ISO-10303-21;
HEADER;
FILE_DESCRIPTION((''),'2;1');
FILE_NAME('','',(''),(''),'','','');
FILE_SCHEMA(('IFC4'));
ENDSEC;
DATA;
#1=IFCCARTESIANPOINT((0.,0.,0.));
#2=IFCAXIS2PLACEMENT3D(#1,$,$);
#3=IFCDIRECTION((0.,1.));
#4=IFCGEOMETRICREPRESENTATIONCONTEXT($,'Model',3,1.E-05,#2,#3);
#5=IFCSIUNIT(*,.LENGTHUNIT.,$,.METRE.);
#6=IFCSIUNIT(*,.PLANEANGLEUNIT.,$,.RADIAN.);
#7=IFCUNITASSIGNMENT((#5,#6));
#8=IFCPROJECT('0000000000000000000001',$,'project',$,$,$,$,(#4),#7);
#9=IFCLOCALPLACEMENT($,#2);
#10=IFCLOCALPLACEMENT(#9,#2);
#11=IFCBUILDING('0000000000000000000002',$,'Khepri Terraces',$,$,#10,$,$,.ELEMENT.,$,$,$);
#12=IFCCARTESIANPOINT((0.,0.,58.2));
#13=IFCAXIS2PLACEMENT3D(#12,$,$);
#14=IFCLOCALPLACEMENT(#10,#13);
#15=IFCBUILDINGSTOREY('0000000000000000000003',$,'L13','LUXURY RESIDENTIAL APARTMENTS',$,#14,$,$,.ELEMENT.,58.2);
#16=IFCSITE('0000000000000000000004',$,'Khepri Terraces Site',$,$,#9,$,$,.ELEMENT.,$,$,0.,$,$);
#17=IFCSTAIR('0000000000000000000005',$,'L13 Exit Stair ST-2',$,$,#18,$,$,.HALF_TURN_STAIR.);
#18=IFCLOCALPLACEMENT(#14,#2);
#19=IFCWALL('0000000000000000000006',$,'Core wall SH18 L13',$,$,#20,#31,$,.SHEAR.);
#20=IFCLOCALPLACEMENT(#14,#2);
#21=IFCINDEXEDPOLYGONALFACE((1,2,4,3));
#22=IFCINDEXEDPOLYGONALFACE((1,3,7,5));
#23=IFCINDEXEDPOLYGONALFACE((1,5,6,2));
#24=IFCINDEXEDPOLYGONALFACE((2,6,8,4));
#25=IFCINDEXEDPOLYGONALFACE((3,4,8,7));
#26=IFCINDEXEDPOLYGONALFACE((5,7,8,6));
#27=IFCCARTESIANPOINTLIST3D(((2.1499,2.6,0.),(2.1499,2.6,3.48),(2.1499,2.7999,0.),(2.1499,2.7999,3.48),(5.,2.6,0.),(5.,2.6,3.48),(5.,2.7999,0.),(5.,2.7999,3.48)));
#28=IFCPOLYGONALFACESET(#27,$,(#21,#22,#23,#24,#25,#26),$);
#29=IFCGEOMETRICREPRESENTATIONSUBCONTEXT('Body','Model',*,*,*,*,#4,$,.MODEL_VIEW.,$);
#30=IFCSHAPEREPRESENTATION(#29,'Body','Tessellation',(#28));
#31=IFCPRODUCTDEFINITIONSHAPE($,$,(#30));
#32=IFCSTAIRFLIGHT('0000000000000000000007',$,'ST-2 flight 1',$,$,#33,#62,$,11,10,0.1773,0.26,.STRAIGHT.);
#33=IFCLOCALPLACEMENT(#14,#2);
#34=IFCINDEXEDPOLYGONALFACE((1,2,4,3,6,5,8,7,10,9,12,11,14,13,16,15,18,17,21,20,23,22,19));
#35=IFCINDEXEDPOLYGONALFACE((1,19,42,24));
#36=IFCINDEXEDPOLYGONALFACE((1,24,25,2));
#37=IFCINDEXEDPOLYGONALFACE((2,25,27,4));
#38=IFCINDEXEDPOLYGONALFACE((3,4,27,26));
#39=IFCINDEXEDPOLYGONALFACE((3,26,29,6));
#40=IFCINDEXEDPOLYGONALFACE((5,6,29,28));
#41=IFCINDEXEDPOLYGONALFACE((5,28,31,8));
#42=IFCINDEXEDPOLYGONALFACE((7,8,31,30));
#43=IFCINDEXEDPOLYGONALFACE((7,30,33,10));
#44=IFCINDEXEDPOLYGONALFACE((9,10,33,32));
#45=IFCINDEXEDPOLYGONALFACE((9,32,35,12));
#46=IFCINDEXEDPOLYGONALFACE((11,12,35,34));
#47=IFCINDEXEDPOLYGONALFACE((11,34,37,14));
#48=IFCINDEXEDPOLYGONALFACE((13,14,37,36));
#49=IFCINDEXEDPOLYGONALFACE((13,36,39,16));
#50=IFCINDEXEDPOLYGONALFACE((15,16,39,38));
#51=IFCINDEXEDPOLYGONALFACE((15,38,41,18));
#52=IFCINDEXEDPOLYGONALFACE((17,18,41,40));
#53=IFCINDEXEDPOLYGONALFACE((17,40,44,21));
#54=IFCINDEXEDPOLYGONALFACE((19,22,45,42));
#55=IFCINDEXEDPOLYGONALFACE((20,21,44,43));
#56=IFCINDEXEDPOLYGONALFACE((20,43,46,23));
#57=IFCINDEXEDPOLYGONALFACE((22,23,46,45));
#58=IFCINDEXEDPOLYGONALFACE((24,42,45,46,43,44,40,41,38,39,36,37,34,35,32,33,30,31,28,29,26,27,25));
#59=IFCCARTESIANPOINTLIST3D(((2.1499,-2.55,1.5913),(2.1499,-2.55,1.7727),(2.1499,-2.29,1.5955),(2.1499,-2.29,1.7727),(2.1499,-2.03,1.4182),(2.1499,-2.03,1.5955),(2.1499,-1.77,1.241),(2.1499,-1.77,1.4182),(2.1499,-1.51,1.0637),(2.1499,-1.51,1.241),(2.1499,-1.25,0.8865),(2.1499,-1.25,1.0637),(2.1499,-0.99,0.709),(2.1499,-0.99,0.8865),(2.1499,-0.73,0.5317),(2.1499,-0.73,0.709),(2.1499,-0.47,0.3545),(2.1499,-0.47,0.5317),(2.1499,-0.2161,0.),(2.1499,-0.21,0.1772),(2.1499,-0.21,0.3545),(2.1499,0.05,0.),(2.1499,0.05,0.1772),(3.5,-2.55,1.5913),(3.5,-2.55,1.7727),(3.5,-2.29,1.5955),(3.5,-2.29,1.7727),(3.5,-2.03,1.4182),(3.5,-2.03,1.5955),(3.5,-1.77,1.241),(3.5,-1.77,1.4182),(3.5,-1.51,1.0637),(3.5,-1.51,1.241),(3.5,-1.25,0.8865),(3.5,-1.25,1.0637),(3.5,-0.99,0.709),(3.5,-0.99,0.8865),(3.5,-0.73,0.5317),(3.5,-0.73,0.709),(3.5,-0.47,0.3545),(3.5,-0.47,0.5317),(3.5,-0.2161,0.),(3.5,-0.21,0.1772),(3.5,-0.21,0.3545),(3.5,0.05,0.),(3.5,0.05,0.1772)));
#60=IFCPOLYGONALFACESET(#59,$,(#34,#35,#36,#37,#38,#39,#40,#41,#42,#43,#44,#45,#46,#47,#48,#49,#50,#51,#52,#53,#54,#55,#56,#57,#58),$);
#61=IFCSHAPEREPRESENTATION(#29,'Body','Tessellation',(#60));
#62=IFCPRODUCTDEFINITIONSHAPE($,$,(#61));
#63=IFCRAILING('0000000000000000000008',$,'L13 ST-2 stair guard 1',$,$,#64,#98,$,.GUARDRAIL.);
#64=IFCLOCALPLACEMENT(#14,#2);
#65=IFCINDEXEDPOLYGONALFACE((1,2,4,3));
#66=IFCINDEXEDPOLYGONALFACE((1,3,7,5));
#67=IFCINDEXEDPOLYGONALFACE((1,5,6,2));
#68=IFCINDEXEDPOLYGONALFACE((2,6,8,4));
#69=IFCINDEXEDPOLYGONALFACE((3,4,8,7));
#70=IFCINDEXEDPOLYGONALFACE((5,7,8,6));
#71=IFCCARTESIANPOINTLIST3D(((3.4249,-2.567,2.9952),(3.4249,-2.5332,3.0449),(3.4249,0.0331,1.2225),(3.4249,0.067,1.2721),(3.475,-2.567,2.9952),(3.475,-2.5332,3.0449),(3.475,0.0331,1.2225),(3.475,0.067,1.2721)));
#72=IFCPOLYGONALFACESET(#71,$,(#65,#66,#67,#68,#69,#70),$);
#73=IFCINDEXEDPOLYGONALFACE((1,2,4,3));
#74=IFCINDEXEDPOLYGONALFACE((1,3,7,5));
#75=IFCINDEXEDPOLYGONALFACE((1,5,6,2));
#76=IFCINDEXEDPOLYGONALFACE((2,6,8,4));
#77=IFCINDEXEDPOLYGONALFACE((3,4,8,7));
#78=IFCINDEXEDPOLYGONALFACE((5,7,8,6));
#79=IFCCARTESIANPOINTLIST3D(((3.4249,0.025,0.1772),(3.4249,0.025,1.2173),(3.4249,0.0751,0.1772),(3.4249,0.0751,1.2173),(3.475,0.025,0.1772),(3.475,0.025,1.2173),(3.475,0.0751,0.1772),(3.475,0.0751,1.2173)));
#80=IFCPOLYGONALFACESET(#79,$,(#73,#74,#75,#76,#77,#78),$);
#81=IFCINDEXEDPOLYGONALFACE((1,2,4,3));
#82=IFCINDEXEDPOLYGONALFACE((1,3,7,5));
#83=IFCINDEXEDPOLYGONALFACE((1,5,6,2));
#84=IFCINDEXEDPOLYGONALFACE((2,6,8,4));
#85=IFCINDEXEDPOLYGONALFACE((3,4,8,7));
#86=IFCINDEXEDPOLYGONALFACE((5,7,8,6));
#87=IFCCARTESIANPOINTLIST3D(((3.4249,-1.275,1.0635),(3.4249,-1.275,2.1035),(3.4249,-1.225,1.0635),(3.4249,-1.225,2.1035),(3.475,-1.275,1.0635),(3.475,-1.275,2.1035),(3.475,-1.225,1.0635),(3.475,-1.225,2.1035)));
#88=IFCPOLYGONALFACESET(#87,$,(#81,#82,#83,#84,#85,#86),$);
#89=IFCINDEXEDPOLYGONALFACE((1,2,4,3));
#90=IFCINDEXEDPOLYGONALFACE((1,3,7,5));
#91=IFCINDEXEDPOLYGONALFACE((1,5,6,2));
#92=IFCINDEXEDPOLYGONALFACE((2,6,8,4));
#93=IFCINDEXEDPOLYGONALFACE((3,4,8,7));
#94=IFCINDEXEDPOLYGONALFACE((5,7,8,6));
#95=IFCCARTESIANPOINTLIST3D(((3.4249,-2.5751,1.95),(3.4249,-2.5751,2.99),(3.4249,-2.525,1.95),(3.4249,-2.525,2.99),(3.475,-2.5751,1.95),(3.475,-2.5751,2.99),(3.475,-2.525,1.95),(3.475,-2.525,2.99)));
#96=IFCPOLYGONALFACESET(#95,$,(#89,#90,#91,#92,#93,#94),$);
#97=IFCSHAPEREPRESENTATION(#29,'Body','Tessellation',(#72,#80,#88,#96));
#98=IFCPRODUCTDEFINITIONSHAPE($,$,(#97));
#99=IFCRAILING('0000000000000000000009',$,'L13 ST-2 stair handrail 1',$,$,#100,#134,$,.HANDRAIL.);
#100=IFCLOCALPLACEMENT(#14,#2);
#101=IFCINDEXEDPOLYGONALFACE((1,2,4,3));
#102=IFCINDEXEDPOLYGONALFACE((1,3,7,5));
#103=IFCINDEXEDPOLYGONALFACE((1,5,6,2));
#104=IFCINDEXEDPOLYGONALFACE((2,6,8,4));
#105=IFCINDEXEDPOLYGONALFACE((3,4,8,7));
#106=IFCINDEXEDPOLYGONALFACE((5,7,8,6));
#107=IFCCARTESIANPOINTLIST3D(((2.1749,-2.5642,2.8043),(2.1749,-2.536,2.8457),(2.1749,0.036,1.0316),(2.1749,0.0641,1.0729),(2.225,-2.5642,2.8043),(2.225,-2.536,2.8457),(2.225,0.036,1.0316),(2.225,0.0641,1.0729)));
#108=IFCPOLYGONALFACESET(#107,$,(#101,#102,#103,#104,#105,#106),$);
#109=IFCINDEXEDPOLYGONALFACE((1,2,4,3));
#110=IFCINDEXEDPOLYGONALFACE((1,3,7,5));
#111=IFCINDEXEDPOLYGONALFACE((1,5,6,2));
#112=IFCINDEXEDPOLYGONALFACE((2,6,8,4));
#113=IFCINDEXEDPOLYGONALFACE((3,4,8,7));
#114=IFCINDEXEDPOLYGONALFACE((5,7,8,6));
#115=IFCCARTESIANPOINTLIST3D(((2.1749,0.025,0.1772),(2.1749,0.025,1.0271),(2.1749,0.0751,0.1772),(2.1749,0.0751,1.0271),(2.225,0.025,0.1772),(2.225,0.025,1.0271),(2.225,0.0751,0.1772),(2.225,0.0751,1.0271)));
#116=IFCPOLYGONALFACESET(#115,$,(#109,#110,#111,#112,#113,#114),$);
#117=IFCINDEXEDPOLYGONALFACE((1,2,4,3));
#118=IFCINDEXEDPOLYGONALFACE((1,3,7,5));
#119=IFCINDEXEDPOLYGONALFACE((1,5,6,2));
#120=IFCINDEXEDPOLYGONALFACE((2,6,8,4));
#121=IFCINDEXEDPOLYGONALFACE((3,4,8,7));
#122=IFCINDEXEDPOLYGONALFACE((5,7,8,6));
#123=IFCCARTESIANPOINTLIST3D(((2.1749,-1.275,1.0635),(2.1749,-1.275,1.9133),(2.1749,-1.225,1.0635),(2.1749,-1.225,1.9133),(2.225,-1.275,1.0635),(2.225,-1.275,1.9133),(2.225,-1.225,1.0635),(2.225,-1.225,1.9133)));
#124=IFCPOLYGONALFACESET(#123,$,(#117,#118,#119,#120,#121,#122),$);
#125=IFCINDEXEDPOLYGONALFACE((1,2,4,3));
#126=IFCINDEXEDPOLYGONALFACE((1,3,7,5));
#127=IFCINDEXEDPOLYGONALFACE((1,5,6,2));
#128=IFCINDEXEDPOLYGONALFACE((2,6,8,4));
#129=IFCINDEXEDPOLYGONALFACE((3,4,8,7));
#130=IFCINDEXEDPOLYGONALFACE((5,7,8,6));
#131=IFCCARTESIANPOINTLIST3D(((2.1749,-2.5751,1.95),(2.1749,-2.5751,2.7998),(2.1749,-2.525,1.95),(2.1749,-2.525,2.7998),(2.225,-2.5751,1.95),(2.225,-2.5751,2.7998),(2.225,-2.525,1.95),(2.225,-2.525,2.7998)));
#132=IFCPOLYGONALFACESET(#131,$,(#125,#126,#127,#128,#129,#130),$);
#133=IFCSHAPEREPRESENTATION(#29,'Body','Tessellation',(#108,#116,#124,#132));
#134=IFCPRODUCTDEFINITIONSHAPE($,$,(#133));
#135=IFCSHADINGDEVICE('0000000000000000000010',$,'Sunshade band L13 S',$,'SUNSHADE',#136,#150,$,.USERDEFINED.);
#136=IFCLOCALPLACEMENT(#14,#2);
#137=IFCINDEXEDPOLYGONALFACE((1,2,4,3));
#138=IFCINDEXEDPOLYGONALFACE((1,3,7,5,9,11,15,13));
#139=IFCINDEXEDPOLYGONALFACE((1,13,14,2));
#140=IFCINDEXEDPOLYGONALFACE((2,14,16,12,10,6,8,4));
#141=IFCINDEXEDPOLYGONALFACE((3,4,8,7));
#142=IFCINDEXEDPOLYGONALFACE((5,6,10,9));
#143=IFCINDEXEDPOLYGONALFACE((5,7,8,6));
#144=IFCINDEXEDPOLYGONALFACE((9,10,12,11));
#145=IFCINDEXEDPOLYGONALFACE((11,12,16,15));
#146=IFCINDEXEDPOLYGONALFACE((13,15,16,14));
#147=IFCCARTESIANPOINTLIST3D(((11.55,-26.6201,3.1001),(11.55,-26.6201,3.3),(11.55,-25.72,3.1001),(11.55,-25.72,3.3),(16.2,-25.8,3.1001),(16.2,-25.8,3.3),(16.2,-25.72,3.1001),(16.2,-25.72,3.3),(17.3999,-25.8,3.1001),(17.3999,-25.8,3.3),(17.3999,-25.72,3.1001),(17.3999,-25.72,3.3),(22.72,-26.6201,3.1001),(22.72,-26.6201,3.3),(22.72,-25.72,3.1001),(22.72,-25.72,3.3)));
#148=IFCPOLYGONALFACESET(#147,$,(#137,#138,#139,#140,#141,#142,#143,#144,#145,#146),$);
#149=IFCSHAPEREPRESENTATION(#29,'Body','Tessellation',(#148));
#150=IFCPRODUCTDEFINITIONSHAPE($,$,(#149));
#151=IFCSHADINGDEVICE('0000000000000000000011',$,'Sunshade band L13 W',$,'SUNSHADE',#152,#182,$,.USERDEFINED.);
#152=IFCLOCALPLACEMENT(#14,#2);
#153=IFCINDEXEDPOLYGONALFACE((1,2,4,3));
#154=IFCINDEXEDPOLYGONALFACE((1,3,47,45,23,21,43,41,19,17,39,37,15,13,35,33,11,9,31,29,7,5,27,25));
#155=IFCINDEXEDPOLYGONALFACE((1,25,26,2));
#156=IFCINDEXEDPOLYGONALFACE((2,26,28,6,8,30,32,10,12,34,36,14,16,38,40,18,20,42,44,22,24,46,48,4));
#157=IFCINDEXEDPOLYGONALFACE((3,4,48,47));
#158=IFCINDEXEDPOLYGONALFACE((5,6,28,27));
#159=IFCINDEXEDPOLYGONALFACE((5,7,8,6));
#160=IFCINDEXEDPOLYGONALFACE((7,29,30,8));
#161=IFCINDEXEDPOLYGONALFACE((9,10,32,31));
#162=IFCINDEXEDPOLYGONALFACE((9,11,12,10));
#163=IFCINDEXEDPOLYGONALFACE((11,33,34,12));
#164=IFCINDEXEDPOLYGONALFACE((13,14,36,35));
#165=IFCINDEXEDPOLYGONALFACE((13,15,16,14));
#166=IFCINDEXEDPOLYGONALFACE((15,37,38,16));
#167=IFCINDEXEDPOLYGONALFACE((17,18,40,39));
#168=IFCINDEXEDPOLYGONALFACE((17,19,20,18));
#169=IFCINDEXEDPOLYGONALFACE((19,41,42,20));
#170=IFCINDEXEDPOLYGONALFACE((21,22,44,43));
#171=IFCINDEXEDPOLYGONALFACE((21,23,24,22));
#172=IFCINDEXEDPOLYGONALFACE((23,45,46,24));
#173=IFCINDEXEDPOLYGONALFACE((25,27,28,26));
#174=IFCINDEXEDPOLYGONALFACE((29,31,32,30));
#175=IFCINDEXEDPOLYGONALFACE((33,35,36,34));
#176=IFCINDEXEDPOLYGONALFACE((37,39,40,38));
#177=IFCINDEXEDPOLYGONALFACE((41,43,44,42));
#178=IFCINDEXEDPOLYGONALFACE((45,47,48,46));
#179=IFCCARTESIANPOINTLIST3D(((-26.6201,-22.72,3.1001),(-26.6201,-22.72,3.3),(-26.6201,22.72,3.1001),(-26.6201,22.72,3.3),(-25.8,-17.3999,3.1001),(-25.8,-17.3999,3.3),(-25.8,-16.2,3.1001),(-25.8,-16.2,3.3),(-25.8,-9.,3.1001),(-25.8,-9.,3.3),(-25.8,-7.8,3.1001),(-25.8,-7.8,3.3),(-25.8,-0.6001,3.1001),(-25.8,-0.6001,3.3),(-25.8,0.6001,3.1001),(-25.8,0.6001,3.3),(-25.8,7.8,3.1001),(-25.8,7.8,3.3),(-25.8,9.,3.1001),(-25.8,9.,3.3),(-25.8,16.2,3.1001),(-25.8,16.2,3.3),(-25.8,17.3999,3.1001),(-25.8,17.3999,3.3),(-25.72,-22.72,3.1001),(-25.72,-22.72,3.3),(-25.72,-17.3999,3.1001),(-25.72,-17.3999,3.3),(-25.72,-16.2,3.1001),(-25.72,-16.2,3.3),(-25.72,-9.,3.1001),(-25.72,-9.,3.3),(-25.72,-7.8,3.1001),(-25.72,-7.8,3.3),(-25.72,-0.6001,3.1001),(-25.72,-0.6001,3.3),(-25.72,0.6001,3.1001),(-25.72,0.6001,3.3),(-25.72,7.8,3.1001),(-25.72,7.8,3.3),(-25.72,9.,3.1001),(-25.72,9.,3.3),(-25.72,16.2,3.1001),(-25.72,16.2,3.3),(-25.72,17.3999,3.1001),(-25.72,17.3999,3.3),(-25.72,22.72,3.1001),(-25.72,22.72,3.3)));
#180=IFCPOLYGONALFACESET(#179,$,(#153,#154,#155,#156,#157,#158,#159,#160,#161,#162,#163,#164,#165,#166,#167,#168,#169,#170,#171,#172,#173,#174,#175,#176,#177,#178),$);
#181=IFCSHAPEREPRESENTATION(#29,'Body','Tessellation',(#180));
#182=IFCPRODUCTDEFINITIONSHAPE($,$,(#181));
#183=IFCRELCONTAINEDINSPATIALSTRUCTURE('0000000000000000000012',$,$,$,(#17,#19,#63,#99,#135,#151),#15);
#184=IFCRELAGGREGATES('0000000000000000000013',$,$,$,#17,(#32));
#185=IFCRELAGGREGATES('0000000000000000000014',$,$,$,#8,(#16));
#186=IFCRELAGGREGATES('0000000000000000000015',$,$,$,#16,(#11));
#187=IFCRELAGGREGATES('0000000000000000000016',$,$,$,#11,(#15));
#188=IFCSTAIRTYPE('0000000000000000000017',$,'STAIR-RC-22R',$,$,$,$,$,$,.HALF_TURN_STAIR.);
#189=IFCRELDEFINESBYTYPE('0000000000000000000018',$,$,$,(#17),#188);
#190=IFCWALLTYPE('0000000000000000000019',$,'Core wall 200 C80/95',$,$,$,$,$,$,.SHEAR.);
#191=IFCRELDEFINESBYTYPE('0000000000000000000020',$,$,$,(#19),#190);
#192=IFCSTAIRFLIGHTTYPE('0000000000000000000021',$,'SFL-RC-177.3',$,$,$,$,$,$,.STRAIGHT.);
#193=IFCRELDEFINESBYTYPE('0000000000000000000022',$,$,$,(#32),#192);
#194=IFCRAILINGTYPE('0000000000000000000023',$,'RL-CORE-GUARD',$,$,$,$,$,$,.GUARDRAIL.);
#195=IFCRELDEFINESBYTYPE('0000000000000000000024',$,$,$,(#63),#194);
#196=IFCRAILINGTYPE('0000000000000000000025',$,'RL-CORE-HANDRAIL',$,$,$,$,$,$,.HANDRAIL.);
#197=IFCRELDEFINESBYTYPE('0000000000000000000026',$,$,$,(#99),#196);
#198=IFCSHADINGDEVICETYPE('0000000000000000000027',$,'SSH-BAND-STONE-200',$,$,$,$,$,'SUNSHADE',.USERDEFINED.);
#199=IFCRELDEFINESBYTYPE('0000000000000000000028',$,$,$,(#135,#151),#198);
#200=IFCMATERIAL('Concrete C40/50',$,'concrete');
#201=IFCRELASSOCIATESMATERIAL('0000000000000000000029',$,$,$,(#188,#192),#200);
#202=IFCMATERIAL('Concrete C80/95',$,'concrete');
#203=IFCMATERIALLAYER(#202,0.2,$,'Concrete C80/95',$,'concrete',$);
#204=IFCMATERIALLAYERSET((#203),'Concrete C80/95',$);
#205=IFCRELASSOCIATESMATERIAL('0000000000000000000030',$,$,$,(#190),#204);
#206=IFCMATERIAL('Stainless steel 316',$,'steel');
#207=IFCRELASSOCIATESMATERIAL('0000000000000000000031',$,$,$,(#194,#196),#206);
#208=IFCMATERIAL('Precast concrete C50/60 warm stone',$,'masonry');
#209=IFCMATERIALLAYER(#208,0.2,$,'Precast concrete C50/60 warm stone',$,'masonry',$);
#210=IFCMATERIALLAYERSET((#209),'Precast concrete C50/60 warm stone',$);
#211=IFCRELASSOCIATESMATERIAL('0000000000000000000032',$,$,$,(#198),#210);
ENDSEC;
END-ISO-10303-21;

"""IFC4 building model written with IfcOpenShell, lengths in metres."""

from ifc_helpers import new_model, si_unit, direction, frame, frame_2d, origin, origin_2d, place, context, subcontext, project, spatial, polyline, rectangle, outline, extrude, material, layer, layer_set, type_object, element, aggregate, save


model = new_model("IFC4")

# Units and contexts
model_context = context("Model", 3, precision=1e-05, world=origin(), true_north=direction((0.0, 1.0)))
body_context = subcontext(model_context, "Body", "Model", "MODEL_VIEW")
ifc_project = project(units=[si_unit("LENGTHUNIT", "METRE"), si_unit("PLANEANGLEUNIT", "RADIAN")], contexts=[model_context])

# Site, building, storey
site_placement = place(None, origin())
site = spatial("IfcSite", under=ifc_project, at=site_placement, Name="Khepri Terraces Site", CompositionType="ELEMENT", RefElevation=0.0)
building_placement = place(site_placement, origin())
building = spatial("IfcBuilding", under=site, at=building_placement, Name="Khepri Terraces", CompositionType="ELEMENT")
storey_placement = place(building_placement, frame((0.0, 0.0, 58.2)))
storey = spatial("IfcBuildingStorey", under=building, at=storey_placement, Name="L13", Description="LUXURY RESIDENTIAL APARTMENTS", CompositionType="ELEMENT", Elevation=58.2)

# Stair
ifc_material_1 = material(Name="Concrete C40/50", Category="concrete")
stair_type = type_object("IfcStairType", Name="STAIR-RC-22R", PredefinedType="HALF_TURN_STAIR", material=ifc_material_1)
stair_1_placement = place(storey_placement, origin())
stair_1 = element("IfcStair", 1, at=stair_1_placement, inside=storey, type_object=stair_type, Name="L13 Exit Stair ST-2", PredefinedType="HALF_TURN_STAIR")

# Shared definitions
ifc_material_2 = material(Name="Concrete C80/95", Category="concrete")
ifc_layer_1 = layer(ifc_material_2, 0.2, Name="Concrete C80/95", Category="concrete")
ifc_layer_set_1 = layer_set([ifc_layer_1], Name="Concrete C80/95")
wall_type = type_object("IfcWallType", Name="Core wall 200 C80/95", PredefinedType="SHEAR", material=ifc_layer_set_1)

# Wall
wall_1_placement = place(storey_placement, frame((2.1499, 2.7, 0.0), z_axis=(0.0, 0.0, 1.0), x_axis=(1.0, 0.0, 0.0)))
element("IfcWall", 2, at=wall_1_placement, inside=storey, type_object=wall_type, Name="Core wall SH18 L13", PredefinedType="SHEAR", context=body_context, shape_type="SweptSolid", body=[
    extrude(rectangle(XDim=2.8501, YDim=0.2, at=frame_2d((1.425, 0.0))), origin(), (0.0, 0.0, 1.0), 3.48),
])

# Stair flight
stair_flight_type = type_object("IfcStairFlightType", Name="SFL-RC-177.3", PredefinedType="STRAIGHT", material=ifc_material_1)
stair_flight_placement = place(storey_placement, frame((2.825, 0.05, 0.0), z_axis=(0.0, 0.0, 1.0), x_axis=(0.0, -1.0, 0.0)))
stair_flight = element("IfcStairFlight", 3, at=stair_flight_placement, type_object=stair_flight_type, Name="ST-2 flight 1", NumberOfRisers=11, NumberOfTreads=10, PredefinedType="STRAIGHT", RiserHeight=0.1773, TreadLength=0.26, context=body_context, shape_type="SweptSolid", body=[
    extrude(outline(polyline([(0.0, 0.0), (0.0, 0.1772), (0.26, 0.1772), (0.26, 0.3545), (0.52, 0.3545), (0.52, 0.5317), (0.78, 0.5317), (0.78, 0.709), (1.04, 0.709), (1.04, 0.8865), (1.3, 0.8865), (1.3, 1.0637), (1.5601, 1.0637), (1.5601, 1.241), (1.8201, 1.241), (1.8201, 1.4182), (2.0801, 1.4182), (2.0801, 1.5955), (2.3401, 1.5955), (2.3401, 1.7727), (2.6001, 1.7727), (2.6001, 1.95), (2.6001, 1.5913), (0.2661, 0.0), (0.0, 0.0)])), frame((0.0, 0.675, 0.0), z_axis=(0.0, -1.0, 0.0), x_axis=(1.0, 0.0, 0.0)), (0.0, 0.0, 1.0), 1.3501),
])
aggregate(stair_1, [stair_flight])

# Railings
ifc_material_3 = material(Name="Stainless steel 316", Category="steel")
railing_type_1 = type_object("IfcRailingType", Name="RL-CORE-GUARD", PredefinedType="GUARDRAIL", material=ifc_material_3)
railing_1_placement = place(storey_placement, frame((3.45, 0.05, 0.1772)))
element("IfcRailing", 4, at=railing_1_placement, inside=storey, type_object=railing_type_1, Name="L13 ST-2 stair guard 1", PredefinedType="GUARDRAIL", context=body_context, shape_type="SweptSolid", body=[
    extrude(rectangle(XDim=0.05, YDim=0.0601, at=origin_2d()), frame((0.0, 0.0, 1.0701), z_axis=(0.0, -0.82624, 0.563318), x_axis=(1.0, 0.0, 0.0)), (0.0, 0.0, 1.0), 3.147),
    extrude(rectangle(XDim=0.05, YDim=0.05, at=origin_2d()), origin(), (0.0, 0.0, 1.0), 1.04),
    extrude(rectangle(XDim=0.05, YDim=0.05, at=origin_2d()), frame((0.0, -1.3, 0.8862)), (0.0, 0.0, 1.0), 1.04),
    extrude(rectangle(XDim=0.05, YDim=0.05, at=origin_2d()), frame((0.0, -2.6001, 1.7727)), (0.0, 0.0, 1.0), 1.04),
])
railing_type_2 = type_object("IfcRailingType", Name="RL-CORE-HANDRAIL", PredefinedType="HANDRAIL", material=ifc_material_3)
railing_2_placement = place(storey_placement, frame((2.2, 0.05, 0.1772)))
element("IfcRailing", 5, at=railing_2_placement, inside=storey, type_object=railing_type_2, Name="L13 ST-2 stair handrail 1", PredefinedType="HANDRAIL", context=body_context, shape_type="SweptSolid", body=[
    extrude(rectangle(XDim=0.05, YDim=0.05, at=origin_2d()), frame((0.0, 0.0, 0.875), z_axis=(0.0, -0.82624, 0.563318), x_axis=(1.0, 0.0, 0.0)), (0.0, 0.0, 1.0), 3.147),
    extrude(rectangle(XDim=0.05, YDim=0.05, at=origin_2d()), origin(), (0.0, 0.0, 1.0), 0.8499),
    extrude(rectangle(XDim=0.05, YDim=0.05, at=origin_2d()), frame((0.0, -1.3, 0.8862)), (0.0, 0.0, 1.0), 0.8499),
    extrude(rectangle(XDim=0.05, YDim=0.05, at=origin_2d()), frame((0.0, -2.6001, 1.7727)), (0.0, 0.0, 1.0), 0.8499),
])

# Shading devices
ifc_material_4 = material(Name="Precast concrete C50/60 warm stone", Category="masonry")
ifc_layer_2 = layer(ifc_material_4, 0.2, Name="Precast concrete C50/60 warm stone", Category="masonry")
ifc_layer_set_2 = layer_set([ifc_layer_2], Name="Precast concrete C50/60 warm stone")
shading_device_type_1 = type_object("IfcShadingDeviceType", Name="SSH-BAND-STONE-200", ElementType="SUNSHADE", PredefinedType="USERDEFINED", material=ifc_layer_set_2)
shading_device_1_placement = place(storey_placement, frame((0.0, 0.0, 3.1001)))
element("IfcShadingDevice", 6, at=shading_device_1_placement, inside=storey, type_object=shading_device_type_1, Name="Sunshade band L13 S", ObjectType="SUNSHADE", PredefinedType="USERDEFINED", context=body_context, shape_type="SweptSolid", body=[
    extrude(outline(polyline([(16.2, -25.72), (11.55, -25.72), (11.55, -26.6201), (22.72, -26.6201), (22.72, -25.72), (17.3999, -25.72), (17.3999, -25.8), (16.2, -25.8), (16.2, -25.72)])), origin(), (0.0, 0.0, 1.0), 0.2),
])
shading_device_2_placement = place(storey_placement, frame((0.0, 0.0, 3.1001)))
element("IfcShadingDevice", 7, at=shading_device_2_placement, inside=storey, type_object=shading_device_type_1, Name="Sunshade band L13 W", ObjectType="SUNSHADE", PredefinedType="USERDEFINED", context=body_context, shape_type="SweptSolid", body=[
    extrude(outline(polyline([(-25.72, 17.3999), (-25.72, 22.72), (-26.6201, 22.72), (-26.6201, -22.72), (-25.72, -22.72), (-25.72, -17.3999), (-25.8, -17.3999), (-25.8, -16.2), (-25.72, -16.2), (-25.72, -9.0), (-25.8, -9.0), (-25.8, -7.8), (-25.72, -7.8), (-25.72, -0.6001), (-25.8, -0.6001), (-25.8, 0.6001), (-25.72, 0.6001), (-25.72, 7.8), (-25.8, 7.8), (-25.8, 9.0), (-25.72, 9.0), (-25.72, 16.2), (-25.8, 16.2), (-25.8, 17.3999), (-25.72, 17.3999)])), origin(), (0.0, 0.0, 1.0), 0.2),
])

save(model, "model.ifc")
